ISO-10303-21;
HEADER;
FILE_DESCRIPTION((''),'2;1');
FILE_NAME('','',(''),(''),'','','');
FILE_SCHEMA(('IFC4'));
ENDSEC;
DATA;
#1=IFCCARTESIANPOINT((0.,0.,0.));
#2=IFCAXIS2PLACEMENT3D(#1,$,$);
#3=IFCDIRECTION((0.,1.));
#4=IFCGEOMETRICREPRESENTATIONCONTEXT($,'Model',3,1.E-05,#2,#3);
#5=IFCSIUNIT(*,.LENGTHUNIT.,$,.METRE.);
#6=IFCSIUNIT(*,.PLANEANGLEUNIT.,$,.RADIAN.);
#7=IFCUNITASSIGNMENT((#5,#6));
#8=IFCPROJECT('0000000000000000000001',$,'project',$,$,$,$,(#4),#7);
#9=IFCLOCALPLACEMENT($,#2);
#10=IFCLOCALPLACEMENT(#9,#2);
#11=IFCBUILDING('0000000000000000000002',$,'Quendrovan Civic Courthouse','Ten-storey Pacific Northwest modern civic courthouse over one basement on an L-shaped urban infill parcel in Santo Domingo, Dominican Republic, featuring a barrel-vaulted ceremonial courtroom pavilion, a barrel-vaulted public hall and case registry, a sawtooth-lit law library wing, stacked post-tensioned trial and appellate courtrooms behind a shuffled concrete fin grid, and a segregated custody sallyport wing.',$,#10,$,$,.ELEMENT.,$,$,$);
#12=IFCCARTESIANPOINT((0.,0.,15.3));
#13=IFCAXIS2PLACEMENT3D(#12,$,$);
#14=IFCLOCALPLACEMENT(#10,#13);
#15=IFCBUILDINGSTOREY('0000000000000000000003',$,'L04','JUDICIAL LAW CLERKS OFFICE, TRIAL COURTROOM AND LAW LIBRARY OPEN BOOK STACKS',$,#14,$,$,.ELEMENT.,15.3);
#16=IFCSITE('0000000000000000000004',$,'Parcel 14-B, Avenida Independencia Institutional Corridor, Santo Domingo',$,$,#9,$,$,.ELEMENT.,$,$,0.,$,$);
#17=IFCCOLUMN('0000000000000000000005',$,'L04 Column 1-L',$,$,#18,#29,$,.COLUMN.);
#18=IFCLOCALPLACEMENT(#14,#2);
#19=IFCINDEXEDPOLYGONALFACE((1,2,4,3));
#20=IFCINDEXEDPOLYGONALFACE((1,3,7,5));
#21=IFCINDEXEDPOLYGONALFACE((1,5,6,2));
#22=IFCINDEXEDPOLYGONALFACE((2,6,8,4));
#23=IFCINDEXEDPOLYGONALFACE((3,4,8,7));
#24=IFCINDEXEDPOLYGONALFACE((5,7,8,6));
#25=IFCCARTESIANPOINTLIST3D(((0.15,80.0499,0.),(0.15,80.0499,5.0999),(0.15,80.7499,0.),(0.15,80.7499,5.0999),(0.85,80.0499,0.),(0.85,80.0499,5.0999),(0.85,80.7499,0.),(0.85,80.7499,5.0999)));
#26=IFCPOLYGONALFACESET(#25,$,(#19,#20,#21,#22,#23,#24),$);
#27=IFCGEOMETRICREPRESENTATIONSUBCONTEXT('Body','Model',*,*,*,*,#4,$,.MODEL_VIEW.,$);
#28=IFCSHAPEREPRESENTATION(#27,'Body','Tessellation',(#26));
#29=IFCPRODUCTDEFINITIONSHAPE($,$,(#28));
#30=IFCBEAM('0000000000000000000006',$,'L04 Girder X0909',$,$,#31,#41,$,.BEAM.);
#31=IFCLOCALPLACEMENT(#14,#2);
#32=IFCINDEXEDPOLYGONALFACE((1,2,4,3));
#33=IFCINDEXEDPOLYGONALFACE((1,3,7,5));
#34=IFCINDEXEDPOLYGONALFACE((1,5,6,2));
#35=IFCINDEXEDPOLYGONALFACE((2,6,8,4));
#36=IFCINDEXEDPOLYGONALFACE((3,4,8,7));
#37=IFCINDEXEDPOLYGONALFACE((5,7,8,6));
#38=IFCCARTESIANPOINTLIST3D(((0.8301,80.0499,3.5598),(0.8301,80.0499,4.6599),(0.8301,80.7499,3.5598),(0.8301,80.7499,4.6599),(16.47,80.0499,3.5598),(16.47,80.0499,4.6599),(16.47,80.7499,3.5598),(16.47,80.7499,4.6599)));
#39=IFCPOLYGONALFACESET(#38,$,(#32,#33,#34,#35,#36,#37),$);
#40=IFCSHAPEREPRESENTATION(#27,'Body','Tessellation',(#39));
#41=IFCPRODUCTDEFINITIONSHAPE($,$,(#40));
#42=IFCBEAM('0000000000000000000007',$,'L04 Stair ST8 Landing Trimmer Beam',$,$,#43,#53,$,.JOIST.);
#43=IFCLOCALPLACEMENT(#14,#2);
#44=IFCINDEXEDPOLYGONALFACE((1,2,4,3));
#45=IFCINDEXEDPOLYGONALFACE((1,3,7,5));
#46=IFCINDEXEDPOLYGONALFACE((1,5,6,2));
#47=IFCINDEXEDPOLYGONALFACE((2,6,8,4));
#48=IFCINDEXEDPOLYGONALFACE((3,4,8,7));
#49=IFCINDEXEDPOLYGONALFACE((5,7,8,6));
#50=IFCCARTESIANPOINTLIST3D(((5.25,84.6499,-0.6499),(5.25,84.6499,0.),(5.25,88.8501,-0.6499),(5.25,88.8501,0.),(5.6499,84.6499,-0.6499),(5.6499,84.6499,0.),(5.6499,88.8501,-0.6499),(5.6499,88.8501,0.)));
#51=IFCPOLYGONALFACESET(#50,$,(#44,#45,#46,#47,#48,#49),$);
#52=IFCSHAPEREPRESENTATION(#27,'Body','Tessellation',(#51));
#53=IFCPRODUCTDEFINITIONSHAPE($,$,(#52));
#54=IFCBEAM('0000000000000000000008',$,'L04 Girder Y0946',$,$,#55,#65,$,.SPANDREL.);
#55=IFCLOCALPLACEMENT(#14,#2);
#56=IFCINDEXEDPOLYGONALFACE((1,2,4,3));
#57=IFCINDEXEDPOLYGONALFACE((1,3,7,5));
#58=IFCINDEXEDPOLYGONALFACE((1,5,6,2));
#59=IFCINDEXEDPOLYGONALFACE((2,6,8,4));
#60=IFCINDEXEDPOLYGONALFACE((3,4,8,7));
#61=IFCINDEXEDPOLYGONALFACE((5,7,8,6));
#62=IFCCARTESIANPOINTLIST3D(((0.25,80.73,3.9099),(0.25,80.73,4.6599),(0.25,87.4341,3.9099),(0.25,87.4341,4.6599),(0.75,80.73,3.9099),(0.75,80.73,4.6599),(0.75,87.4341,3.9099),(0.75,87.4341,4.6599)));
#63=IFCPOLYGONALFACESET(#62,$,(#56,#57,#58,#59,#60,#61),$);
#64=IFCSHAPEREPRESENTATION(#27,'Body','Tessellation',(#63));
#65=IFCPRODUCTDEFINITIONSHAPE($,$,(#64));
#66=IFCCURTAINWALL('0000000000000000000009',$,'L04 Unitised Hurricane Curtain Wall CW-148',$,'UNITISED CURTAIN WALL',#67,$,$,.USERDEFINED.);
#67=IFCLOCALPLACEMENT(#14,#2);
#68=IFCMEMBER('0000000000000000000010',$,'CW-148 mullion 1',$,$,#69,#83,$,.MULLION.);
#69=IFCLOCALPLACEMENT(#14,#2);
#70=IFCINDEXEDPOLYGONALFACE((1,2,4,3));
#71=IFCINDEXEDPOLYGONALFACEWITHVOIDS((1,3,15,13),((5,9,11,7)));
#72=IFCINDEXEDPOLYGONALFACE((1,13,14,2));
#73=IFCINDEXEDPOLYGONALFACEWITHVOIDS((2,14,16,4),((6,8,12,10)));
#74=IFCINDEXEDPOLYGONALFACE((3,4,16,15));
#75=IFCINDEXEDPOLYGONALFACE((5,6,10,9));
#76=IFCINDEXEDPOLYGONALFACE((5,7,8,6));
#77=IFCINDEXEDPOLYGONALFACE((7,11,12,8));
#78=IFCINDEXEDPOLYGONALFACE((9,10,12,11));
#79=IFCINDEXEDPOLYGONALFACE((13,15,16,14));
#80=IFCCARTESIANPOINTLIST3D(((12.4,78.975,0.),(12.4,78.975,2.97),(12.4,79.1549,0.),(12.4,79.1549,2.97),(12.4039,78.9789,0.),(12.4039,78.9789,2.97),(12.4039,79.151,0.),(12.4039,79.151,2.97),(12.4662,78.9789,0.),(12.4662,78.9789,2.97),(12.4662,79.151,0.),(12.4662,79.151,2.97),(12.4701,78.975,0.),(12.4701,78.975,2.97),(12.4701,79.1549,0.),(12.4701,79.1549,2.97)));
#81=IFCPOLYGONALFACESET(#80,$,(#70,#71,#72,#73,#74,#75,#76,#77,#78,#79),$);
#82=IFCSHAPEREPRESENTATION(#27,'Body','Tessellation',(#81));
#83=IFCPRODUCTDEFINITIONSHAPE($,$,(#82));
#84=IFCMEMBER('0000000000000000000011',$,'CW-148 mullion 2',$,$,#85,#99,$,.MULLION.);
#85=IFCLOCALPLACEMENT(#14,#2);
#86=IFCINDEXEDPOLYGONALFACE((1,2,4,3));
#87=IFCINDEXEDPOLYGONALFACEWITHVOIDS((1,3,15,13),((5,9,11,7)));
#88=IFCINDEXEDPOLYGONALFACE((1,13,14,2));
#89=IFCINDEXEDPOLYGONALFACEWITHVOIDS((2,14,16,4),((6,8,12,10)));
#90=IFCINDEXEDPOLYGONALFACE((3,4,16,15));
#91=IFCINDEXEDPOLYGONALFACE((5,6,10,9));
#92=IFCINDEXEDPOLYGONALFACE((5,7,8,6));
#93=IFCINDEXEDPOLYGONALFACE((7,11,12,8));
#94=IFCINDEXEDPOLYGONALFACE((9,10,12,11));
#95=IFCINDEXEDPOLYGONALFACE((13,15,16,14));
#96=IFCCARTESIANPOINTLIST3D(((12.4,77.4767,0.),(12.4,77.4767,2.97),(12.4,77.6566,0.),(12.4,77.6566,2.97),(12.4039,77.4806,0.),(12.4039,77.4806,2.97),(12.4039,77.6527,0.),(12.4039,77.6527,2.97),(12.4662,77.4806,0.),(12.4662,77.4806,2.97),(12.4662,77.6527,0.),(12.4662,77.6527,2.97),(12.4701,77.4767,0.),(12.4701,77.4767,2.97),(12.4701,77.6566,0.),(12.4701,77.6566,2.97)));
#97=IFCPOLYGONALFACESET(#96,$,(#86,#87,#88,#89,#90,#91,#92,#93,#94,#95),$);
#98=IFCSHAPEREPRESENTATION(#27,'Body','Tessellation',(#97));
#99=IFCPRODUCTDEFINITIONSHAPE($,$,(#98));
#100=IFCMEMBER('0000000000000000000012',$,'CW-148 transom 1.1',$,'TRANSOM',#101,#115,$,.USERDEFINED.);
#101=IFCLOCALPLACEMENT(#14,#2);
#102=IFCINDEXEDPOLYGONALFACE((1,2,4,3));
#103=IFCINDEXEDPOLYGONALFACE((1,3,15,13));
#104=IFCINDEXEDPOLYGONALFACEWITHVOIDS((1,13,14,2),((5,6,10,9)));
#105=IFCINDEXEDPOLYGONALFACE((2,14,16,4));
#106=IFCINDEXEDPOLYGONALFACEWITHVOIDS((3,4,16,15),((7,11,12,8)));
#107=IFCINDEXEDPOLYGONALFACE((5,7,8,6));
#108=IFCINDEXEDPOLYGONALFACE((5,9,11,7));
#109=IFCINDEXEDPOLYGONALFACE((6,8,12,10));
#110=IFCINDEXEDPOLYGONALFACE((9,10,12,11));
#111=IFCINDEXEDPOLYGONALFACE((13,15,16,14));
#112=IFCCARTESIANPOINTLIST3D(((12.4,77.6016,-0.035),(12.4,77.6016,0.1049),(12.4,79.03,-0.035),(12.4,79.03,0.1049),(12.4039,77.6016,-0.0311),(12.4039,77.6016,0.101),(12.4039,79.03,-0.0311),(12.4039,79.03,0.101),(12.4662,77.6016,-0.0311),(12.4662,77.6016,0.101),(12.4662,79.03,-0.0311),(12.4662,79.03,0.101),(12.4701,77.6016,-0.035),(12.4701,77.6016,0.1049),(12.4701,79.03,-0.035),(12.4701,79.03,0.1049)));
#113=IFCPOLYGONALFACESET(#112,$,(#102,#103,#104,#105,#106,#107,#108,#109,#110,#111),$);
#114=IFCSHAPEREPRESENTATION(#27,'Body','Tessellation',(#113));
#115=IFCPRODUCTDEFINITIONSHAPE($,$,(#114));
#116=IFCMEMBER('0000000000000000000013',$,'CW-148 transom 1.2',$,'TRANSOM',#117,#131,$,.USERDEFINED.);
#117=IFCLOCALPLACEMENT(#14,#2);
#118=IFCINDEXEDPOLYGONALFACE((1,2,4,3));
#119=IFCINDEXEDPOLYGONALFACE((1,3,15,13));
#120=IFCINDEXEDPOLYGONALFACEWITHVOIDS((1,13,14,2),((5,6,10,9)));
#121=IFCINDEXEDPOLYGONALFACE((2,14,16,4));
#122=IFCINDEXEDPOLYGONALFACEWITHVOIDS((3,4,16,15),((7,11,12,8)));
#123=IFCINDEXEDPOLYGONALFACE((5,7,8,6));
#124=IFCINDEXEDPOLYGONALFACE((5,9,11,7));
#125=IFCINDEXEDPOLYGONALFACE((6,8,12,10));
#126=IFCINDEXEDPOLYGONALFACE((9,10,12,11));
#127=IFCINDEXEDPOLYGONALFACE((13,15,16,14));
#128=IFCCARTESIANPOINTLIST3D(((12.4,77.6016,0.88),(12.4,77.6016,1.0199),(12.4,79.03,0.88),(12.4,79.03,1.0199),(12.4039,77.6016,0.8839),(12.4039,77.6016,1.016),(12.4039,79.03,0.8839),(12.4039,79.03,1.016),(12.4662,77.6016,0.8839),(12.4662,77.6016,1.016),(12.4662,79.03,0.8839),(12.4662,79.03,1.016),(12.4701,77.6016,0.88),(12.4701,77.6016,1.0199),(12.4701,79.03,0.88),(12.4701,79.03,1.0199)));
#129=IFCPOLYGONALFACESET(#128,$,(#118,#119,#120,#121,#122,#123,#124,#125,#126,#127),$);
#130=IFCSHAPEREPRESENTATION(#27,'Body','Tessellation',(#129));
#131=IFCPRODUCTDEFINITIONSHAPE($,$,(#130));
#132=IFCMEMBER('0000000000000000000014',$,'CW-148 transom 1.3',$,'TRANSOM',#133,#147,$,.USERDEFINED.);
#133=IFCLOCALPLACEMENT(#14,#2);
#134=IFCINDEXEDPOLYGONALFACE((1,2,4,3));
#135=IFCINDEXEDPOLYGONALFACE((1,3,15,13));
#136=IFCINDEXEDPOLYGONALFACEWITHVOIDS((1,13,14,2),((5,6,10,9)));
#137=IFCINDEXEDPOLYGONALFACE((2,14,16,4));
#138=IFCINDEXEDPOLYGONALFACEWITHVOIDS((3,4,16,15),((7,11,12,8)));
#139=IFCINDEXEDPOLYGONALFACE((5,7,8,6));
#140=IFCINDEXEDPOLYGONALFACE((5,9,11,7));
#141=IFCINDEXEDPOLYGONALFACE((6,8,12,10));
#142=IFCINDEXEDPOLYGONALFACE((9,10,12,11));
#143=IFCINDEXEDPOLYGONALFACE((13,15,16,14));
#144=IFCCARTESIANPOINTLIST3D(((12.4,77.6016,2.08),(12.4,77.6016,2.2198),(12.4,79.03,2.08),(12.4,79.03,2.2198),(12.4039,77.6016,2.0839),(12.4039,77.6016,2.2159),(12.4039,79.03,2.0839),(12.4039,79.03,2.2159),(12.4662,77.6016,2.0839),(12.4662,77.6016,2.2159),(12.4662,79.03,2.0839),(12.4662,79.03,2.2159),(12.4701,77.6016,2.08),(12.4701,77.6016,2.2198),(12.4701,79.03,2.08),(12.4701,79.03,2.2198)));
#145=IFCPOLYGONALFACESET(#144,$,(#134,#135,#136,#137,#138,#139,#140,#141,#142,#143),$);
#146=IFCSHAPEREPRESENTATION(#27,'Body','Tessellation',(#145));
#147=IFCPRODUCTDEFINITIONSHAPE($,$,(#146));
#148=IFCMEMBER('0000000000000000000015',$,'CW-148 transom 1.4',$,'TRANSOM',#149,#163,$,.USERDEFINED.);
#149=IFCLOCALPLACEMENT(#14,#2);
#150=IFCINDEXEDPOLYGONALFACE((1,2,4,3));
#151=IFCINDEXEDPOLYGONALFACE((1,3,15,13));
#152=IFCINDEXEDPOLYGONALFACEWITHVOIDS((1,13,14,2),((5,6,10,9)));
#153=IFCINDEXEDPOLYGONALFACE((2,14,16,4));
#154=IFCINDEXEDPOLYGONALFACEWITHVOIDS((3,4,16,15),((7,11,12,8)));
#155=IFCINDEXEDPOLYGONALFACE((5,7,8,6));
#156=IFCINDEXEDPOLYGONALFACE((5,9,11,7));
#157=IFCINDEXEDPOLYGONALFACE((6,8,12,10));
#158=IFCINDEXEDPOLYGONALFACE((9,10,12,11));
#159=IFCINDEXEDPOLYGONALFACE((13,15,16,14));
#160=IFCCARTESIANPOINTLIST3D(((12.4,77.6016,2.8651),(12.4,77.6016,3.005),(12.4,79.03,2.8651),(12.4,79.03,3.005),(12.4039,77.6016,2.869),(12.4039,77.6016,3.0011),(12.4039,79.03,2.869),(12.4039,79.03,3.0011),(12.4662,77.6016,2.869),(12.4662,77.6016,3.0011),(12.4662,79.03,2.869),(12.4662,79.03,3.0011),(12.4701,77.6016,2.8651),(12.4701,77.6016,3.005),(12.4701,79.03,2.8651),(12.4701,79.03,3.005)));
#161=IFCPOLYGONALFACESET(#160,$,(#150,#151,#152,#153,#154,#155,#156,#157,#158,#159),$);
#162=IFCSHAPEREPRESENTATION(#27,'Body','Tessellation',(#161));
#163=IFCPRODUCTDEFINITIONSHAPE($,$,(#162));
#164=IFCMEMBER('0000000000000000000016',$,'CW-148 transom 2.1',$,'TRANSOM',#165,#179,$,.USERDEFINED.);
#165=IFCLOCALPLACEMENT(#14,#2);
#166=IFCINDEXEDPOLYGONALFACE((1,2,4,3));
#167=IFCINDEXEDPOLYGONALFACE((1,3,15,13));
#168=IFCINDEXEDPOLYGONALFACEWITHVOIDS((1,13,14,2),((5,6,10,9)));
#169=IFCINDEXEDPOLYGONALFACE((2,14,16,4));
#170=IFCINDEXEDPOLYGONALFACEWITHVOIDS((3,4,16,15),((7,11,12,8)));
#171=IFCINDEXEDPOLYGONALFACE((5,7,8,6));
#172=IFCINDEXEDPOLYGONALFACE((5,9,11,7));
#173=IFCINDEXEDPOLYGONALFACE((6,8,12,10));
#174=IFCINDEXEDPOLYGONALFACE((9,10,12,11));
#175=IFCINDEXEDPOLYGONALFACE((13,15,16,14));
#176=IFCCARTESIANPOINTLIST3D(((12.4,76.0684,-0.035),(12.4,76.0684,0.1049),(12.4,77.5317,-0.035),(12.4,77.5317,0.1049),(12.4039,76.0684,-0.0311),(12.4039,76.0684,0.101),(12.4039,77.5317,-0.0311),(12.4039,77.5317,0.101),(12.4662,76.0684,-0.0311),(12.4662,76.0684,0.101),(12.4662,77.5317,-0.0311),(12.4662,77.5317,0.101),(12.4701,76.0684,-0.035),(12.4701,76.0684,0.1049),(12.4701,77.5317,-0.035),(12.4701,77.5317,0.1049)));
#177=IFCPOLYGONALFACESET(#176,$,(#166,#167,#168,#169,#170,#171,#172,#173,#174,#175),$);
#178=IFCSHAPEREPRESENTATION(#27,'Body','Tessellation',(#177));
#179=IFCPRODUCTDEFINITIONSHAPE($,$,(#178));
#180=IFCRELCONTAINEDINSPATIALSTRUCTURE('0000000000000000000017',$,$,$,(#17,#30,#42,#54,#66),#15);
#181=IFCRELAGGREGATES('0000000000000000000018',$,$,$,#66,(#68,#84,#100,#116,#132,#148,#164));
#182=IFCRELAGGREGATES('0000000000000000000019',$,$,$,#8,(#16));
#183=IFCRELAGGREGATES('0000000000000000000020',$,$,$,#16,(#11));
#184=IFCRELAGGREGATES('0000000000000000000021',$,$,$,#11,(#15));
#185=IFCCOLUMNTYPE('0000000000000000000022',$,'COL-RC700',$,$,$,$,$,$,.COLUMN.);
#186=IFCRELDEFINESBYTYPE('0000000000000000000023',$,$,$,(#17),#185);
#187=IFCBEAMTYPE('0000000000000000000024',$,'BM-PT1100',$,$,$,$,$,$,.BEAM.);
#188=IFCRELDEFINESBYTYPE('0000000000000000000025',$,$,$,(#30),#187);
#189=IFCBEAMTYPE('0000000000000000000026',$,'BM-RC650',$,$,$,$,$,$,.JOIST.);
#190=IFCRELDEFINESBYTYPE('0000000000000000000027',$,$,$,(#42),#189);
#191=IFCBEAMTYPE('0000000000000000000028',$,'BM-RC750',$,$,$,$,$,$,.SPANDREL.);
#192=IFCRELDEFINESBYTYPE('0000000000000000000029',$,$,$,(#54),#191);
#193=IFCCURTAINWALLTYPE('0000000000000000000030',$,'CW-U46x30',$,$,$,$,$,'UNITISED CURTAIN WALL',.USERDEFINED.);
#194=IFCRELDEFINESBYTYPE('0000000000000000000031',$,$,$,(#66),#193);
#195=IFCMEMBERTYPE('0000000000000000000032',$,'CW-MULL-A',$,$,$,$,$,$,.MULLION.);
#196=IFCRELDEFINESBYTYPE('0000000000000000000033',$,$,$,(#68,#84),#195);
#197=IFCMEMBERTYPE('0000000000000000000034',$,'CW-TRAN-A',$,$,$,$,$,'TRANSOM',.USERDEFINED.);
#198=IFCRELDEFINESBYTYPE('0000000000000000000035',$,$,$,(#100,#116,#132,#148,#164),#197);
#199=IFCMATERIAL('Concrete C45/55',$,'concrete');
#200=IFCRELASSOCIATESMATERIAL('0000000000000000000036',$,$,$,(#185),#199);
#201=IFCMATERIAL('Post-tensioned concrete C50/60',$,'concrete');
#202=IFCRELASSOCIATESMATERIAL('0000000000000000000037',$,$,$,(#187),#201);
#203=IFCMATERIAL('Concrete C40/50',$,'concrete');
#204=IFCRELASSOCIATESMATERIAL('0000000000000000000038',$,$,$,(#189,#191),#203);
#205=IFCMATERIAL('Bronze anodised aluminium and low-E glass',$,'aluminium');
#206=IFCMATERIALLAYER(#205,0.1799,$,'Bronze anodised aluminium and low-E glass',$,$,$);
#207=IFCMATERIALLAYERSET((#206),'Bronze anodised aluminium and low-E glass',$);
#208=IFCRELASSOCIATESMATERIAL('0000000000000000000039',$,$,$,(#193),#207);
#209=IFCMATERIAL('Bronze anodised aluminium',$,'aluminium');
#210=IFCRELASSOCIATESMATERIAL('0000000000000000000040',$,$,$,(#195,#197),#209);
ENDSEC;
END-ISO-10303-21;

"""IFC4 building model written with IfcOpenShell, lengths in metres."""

from ifc_helpers import new_model, si_unit, direction, frame, origin, origin_2d, place, context, subcontext, project, spatial, rectangle, hollow_rectangle, extrude, material, layer, layer_set, material_profile, profile_set, type_object, element, aggregate, save


model = new_model("IFC4")

# Units and contexts
model_context = context("Model", 3, precision=1e-05, world=origin(), true_north=direction((0.0, 1.0)))
body_context = subcontext(model_context, "Body", "Model", "MODEL_VIEW")
ifc_project = project(units=[si_unit("LENGTHUNIT", "METRE"), si_unit("PLANEANGLEUNIT", "RADIAN")], contexts=[model_context])

# Site, building, storey
site_placement = place(None, origin())
site = spatial("IfcSite", under=ifc_project, at=site_placement, Name="Parcel 14-B, Avenida Independencia Institutional Corridor, Santo Domingo", CompositionType="ELEMENT", RefElevation=0.0)
building_placement = place(site_placement, origin())
building = spatial("IfcBuilding", under=site, at=building_placement, Name="Quendrovan Civic Courthouse", Description="Ten-storey Pacific Northwest modern civic courthouse over one basement on an L-shaped urban infill parcel in Santo Domingo, Dominican Republic, featuring a barrel-vaulted ceremonial courtroom pavilion, a barrel-vaulted public hall and case registry, a sawtooth-lit law library wing, stacked post-tensioned trial and appellate courtrooms behind a shuffled concrete fin grid, and a segregated custody sallyport wing.", CompositionType="ELEMENT")
storey_placement = place(building_placement, frame((0.0, 0.0, 15.3)))
storey = spatial("IfcBuildingStorey", under=building, at=storey_placement, Name="L04", Description="JUDICIAL LAW CLERKS OFFICE, TRIAL COURTROOM AND LAW LIBRARY OPEN BOOK STACKS", CompositionType="ELEMENT", Elevation=15.3)

# Column
ifc_material_1 = material(Name="Concrete C45/55", Category="concrete")
ifc_material_profile_1 = material_profile(ifc_material_1, rectangle(XDim=0.7, YDim=0.7, at=origin_2d()), Name="RC-COL-700x700")
ifc_profile_set_1 = profile_set([ifc_material_profile_1], Name="Concrete C45/55")
column_type = type_object("IfcColumnType", Name="COL-RC700", PredefinedType="COLUMN", material=ifc_profile_set_1)
column_placement = place(storey_placement, frame((0.5, 80.3999, 0.0), z_axis=(0.0, 0.0, 1.0), x_axis=(1.0, 0.0, 0.0)))
element("IfcColumn", 1, at=column_placement, inside=storey, type_object=column_type, Name="L04 Column 1-L", PredefinedType="COLUMN", context=body_context, shape_type="SweptSolid", body=[
    extrude(rectangle(XDim=0.7, YDim=0.7, at=origin_2d()), origin(), (0.0, 0.0, 1.0), 5.0999),
])

# Beams
ifc_material_2 = material(Name="Post-tensioned concrete C50/60", Category="concrete")
ifc_material_profile_2 = material_profile(ifc_material_2, rectangle(XDim=0.7, YDim=1.1001, at=origin_2d()), Name="PT-GIRD-700x1100")
ifc_profile_set_2 = profile_set([ifc_material_profile_2], Name="Post-tensioned concrete C50/60")
beam_type_1 = type_object("IfcBeamType", Name="BM-PT1100", PredefinedType="BEAM", material=ifc_profile_set_2)
beam_1_placement = place(storey_placement, frame((0.8301, 80.3999, 4.1099), z_axis=(1.0, 0.0, 0.0), x_axis=(0.0, 1.0, 0.0)))
element("IfcBeam", 2, at=beam_1_placement, inside=storey, type_object=beam_type_1, Name="L04 Girder X0909", PredefinedType="BEAM", context=body_context, shape_type="SweptSolid", body=[
    extrude(rectangle(XDim=0.7, YDim=1.1001, at=origin_2d()), origin(), (0.0, 0.0, 1.0), 15.6399),
])
ifc_material_3 = material(Name="Concrete C40/50", Category="concrete")
ifc_material_profile_3 = material_profile(ifc_material_3, rectangle(XDim=0.3999, YDim=0.6499, at=origin_2d()), Name="RC-BM-400x650")
ifc_profile_set_3 = profile_set([ifc_material_profile_3], Name="Concrete C40/50")
beam_type_2 = type_object("IfcBeamType", Name="BM-RC650", PredefinedType="JOIST", material=ifc_profile_set_3)
beam_2_placement = place(storey_placement, frame((5.45, 84.6499, -0.325), z_axis=(0.0, 1.0, 0.0), x_axis=(-1.0, 0.0, 0.0)))
element("IfcBeam", 3, at=beam_2_placement, inside=storey, type_object=beam_type_2, Name="L04 Stair ST8 Landing Trimmer Beam", PredefinedType="JOIST", context=body_context, shape_type="SweptSolid", body=[
    extrude(rectangle(XDim=0.3999, YDim=0.6499, at=origin_2d()), origin(), (0.0, 0.0, 1.0), 4.2002),
])
ifc_material_profile_4 = material_profile(ifc_material_3, rectangle(XDim=0.5, YDim=0.75, at=origin_2d()), Name="RC-BM-500x750")
ifc_profile_set_4 = profile_set([ifc_material_profile_4], Name="Concrete C40/50")
beam_type_3 = type_object("IfcBeamType", Name="BM-RC750", PredefinedType="SPANDREL", material=ifc_profile_set_4)
beam_3_placement = place(storey_placement, frame((0.5, 80.73, 4.2849), z_axis=(0.0, 1.0, 0.0), x_axis=(-1.0, 0.0, 0.0)))
element("IfcBeam", 4, at=beam_3_placement, inside=storey, type_object=beam_type_3, Name="L04 Girder Y0946", PredefinedType="SPANDREL", context=body_context, shape_type="SweptSolid", body=[
    extrude(rectangle(XDim=0.5, YDim=0.75, at=origin_2d()), origin(), (0.0, 0.0, 1.0), 6.7041),
])

# Curtain wall, members
ifc_material_4 = material(Name="Bronze anodised aluminium and low-E glass", Category="aluminium")
ifc_layer_1 = layer(ifc_material_4, 0.1799, Name="Bronze anodised aluminium and low-E glass")
ifc_layer_set_1 = layer_set([ifc_layer_1], Name="Bronze anodised aluminium and low-E glass")
curtain_wall_type = type_object("IfcCurtainWallType", Name="CW-U46x30", ElementType="UNITISED CURTAIN WALL", PredefinedType="USERDEFINED", material=ifc_layer_set_1)
curtain_wall_placement = place(storey_placement, origin())
curtain_wall = element("IfcCurtainWall", 5, at=curtain_wall_placement, inside=storey, type_object=curtain_wall_type, Name="L04 Unitised Hurricane Curtain Wall CW-148", ObjectType="UNITISED CURTAIN WALL", PredefinedType="USERDEFINED")
ifc_material_5 = material(Name="Bronze anodised aluminium", Category="aluminium")
ifc_material_profile_5 = material_profile(ifc_material_5, hollow_rectangle(XDim=0.0701, YDim=0.1799, WallThickness=0.0039, at=origin_2d()), Name="CW-MULL-70x180")
ifc_profile_set_5 = profile_set([ifc_material_profile_5], Name="Bronze anodised aluminium")
member_type_1 = type_object("IfcMemberType", Name="CW-MULL-A", PredefinedType="MULLION", material=ifc_profile_set_5)
member_1_placement = place(storey_placement, frame((12.4351, 79.0649, 0.0), z_axis=(0.0, 0.0, 1.0), x_axis=(1.0, 0.0, 0.0)))
member_1 = element("IfcMember", 6, at=member_1_placement, type_object=member_type_1, Name="CW-148 mullion 1", PredefinedType="MULLION", context=body_context, shape_type="SweptSolid", body=[
    extrude(hollow_rectangle(XDim=0.0701, YDim=0.1799, WallThickness=0.0039, at=origin_2d()), origin(), (0.0, 0.0, 1.0), 2.97),
])
member_2_placement = place(storey_placement, frame((12.4351, 77.5667, 0.0), z_axis=(0.0, 0.0, 1.0), x_axis=(1.0, 0.0, 0.0)))
member_2 = element("IfcMember", 7, at=member_2_placement, type_object=member_type_1, Name="CW-148 mullion 2", PredefinedType="MULLION", context=body_context, shape_type="SweptSolid", body=[
    extrude(hollow_rectangle(XDim=0.0701, YDim=0.1799, WallThickness=0.0039, at=origin_2d()), origin(), (0.0, 0.0, 1.0), 2.97),
])
ifc_material_profile_6 = material_profile(ifc_material_5, hollow_rectangle(XDim=0.0701, YDim=0.1399, WallThickness=0.0039, at=origin_2d()), Name="CW-TRAN-70x140")
ifc_profile_set_6 = profile_set([ifc_material_profile_6], Name="Bronze anodised aluminium")
member_type_2 = type_object("IfcMemberType", Name="CW-TRAN-A", ElementType="TRANSOM", PredefinedType="USERDEFINED", material=ifc_profile_set_6)
member_3_placement = place(storey_placement, frame((12.4351, 79.03, 0.0349), z_axis=(0.0, -1.0, 0.0), x_axis=(1.0, 0.0, 0.0)))
member_3 = element("IfcMember", 8, at=member_3_placement, type_object=member_type_2, Name="CW-148 transom 1.1", ObjectType="TRANSOM", PredefinedType="USERDEFINED", context=body_context, shape_type="SweptSolid", body=[
    extrude(hollow_rectangle(XDim=0.0701, YDim=0.1399, WallThickness=0.0039, at=origin_2d()), origin(), (0.0, 0.0, 1.0), 1.4285),
])
member_4_placement = place(storey_placement, frame((12.4351, 79.03, 0.95), z_axis=(0.0, -1.0, 0.0), x_axis=(1.0, 0.0, 0.0)))
member_4 = element("IfcMember", 9, at=member_4_placement, type_object=member_type_2, Name="CW-148 transom 1.2", ObjectType="TRANSOM", PredefinedType="USERDEFINED", context=body_context, shape_type="SweptSolid", body=[
    extrude(hollow_rectangle(XDim=0.0701, YDim=0.1399, WallThickness=0.0039, at=origin_2d()), origin(), (0.0, 0.0, 1.0), 1.4285),
])
member_5_placement = place(storey_placement, frame((12.4351, 79.03, 2.1499), z_axis=(0.0, -1.0, 0.0), x_axis=(1.0, 0.0, 0.0)))
member_5 = element("IfcMember", 10, at=member_5_placement, type_object=member_type_2, Name="CW-148 transom 1.3", ObjectType="TRANSOM", PredefinedType="USERDEFINED", context=body_context, shape_type="SweptSolid", body=[
    extrude(hollow_rectangle(XDim=0.0701, YDim=0.1399, WallThickness=0.0039, at=origin_2d()), origin(), (0.0, 0.0, 1.0), 1.4285),
])
member_6_placement = place(storey_placement, frame((12.4351, 79.03, 2.9351), z_axis=(0.0, -1.0, 0.0), x_axis=(1.0, 0.0, 0.0)))
member_6 = element("IfcMember", 11, at=member_6_placement, type_object=member_type_2, Name="CW-148 transom 1.4", ObjectType="TRANSOM", PredefinedType="USERDEFINED", context=body_context, shape_type="SweptSolid", body=[
    extrude(hollow_rectangle(XDim=0.0701, YDim=0.1399, WallThickness=0.0039, at=origin_2d()), origin(), (0.0, 0.0, 1.0), 1.4285),
])
member_7_placement = place(storey_placement, frame((12.4351, 77.5317, 0.0349), z_axis=(0.0, -1.0, 0.0), x_axis=(1.0, 0.0, 0.0)))
member_7 = element("IfcMember", 12, at=member_7_placement, type_object=member_type_2, Name="CW-148 transom 2.1", ObjectType="TRANSOM", PredefinedType="USERDEFINED", context=body_context, shape_type="SweptSolid", body=[
    extrude(hollow_rectangle(XDim=0.0701, YDim=0.1399, WallThickness=0.0039, at=origin_2d()), origin(), (0.0, 0.0, 1.0), 1.4634),
])
aggregate(curtain_wall, [member_1, member_2, member_3, member_4, member_5, member_6, member_7])

save(model, "model.ifc")
